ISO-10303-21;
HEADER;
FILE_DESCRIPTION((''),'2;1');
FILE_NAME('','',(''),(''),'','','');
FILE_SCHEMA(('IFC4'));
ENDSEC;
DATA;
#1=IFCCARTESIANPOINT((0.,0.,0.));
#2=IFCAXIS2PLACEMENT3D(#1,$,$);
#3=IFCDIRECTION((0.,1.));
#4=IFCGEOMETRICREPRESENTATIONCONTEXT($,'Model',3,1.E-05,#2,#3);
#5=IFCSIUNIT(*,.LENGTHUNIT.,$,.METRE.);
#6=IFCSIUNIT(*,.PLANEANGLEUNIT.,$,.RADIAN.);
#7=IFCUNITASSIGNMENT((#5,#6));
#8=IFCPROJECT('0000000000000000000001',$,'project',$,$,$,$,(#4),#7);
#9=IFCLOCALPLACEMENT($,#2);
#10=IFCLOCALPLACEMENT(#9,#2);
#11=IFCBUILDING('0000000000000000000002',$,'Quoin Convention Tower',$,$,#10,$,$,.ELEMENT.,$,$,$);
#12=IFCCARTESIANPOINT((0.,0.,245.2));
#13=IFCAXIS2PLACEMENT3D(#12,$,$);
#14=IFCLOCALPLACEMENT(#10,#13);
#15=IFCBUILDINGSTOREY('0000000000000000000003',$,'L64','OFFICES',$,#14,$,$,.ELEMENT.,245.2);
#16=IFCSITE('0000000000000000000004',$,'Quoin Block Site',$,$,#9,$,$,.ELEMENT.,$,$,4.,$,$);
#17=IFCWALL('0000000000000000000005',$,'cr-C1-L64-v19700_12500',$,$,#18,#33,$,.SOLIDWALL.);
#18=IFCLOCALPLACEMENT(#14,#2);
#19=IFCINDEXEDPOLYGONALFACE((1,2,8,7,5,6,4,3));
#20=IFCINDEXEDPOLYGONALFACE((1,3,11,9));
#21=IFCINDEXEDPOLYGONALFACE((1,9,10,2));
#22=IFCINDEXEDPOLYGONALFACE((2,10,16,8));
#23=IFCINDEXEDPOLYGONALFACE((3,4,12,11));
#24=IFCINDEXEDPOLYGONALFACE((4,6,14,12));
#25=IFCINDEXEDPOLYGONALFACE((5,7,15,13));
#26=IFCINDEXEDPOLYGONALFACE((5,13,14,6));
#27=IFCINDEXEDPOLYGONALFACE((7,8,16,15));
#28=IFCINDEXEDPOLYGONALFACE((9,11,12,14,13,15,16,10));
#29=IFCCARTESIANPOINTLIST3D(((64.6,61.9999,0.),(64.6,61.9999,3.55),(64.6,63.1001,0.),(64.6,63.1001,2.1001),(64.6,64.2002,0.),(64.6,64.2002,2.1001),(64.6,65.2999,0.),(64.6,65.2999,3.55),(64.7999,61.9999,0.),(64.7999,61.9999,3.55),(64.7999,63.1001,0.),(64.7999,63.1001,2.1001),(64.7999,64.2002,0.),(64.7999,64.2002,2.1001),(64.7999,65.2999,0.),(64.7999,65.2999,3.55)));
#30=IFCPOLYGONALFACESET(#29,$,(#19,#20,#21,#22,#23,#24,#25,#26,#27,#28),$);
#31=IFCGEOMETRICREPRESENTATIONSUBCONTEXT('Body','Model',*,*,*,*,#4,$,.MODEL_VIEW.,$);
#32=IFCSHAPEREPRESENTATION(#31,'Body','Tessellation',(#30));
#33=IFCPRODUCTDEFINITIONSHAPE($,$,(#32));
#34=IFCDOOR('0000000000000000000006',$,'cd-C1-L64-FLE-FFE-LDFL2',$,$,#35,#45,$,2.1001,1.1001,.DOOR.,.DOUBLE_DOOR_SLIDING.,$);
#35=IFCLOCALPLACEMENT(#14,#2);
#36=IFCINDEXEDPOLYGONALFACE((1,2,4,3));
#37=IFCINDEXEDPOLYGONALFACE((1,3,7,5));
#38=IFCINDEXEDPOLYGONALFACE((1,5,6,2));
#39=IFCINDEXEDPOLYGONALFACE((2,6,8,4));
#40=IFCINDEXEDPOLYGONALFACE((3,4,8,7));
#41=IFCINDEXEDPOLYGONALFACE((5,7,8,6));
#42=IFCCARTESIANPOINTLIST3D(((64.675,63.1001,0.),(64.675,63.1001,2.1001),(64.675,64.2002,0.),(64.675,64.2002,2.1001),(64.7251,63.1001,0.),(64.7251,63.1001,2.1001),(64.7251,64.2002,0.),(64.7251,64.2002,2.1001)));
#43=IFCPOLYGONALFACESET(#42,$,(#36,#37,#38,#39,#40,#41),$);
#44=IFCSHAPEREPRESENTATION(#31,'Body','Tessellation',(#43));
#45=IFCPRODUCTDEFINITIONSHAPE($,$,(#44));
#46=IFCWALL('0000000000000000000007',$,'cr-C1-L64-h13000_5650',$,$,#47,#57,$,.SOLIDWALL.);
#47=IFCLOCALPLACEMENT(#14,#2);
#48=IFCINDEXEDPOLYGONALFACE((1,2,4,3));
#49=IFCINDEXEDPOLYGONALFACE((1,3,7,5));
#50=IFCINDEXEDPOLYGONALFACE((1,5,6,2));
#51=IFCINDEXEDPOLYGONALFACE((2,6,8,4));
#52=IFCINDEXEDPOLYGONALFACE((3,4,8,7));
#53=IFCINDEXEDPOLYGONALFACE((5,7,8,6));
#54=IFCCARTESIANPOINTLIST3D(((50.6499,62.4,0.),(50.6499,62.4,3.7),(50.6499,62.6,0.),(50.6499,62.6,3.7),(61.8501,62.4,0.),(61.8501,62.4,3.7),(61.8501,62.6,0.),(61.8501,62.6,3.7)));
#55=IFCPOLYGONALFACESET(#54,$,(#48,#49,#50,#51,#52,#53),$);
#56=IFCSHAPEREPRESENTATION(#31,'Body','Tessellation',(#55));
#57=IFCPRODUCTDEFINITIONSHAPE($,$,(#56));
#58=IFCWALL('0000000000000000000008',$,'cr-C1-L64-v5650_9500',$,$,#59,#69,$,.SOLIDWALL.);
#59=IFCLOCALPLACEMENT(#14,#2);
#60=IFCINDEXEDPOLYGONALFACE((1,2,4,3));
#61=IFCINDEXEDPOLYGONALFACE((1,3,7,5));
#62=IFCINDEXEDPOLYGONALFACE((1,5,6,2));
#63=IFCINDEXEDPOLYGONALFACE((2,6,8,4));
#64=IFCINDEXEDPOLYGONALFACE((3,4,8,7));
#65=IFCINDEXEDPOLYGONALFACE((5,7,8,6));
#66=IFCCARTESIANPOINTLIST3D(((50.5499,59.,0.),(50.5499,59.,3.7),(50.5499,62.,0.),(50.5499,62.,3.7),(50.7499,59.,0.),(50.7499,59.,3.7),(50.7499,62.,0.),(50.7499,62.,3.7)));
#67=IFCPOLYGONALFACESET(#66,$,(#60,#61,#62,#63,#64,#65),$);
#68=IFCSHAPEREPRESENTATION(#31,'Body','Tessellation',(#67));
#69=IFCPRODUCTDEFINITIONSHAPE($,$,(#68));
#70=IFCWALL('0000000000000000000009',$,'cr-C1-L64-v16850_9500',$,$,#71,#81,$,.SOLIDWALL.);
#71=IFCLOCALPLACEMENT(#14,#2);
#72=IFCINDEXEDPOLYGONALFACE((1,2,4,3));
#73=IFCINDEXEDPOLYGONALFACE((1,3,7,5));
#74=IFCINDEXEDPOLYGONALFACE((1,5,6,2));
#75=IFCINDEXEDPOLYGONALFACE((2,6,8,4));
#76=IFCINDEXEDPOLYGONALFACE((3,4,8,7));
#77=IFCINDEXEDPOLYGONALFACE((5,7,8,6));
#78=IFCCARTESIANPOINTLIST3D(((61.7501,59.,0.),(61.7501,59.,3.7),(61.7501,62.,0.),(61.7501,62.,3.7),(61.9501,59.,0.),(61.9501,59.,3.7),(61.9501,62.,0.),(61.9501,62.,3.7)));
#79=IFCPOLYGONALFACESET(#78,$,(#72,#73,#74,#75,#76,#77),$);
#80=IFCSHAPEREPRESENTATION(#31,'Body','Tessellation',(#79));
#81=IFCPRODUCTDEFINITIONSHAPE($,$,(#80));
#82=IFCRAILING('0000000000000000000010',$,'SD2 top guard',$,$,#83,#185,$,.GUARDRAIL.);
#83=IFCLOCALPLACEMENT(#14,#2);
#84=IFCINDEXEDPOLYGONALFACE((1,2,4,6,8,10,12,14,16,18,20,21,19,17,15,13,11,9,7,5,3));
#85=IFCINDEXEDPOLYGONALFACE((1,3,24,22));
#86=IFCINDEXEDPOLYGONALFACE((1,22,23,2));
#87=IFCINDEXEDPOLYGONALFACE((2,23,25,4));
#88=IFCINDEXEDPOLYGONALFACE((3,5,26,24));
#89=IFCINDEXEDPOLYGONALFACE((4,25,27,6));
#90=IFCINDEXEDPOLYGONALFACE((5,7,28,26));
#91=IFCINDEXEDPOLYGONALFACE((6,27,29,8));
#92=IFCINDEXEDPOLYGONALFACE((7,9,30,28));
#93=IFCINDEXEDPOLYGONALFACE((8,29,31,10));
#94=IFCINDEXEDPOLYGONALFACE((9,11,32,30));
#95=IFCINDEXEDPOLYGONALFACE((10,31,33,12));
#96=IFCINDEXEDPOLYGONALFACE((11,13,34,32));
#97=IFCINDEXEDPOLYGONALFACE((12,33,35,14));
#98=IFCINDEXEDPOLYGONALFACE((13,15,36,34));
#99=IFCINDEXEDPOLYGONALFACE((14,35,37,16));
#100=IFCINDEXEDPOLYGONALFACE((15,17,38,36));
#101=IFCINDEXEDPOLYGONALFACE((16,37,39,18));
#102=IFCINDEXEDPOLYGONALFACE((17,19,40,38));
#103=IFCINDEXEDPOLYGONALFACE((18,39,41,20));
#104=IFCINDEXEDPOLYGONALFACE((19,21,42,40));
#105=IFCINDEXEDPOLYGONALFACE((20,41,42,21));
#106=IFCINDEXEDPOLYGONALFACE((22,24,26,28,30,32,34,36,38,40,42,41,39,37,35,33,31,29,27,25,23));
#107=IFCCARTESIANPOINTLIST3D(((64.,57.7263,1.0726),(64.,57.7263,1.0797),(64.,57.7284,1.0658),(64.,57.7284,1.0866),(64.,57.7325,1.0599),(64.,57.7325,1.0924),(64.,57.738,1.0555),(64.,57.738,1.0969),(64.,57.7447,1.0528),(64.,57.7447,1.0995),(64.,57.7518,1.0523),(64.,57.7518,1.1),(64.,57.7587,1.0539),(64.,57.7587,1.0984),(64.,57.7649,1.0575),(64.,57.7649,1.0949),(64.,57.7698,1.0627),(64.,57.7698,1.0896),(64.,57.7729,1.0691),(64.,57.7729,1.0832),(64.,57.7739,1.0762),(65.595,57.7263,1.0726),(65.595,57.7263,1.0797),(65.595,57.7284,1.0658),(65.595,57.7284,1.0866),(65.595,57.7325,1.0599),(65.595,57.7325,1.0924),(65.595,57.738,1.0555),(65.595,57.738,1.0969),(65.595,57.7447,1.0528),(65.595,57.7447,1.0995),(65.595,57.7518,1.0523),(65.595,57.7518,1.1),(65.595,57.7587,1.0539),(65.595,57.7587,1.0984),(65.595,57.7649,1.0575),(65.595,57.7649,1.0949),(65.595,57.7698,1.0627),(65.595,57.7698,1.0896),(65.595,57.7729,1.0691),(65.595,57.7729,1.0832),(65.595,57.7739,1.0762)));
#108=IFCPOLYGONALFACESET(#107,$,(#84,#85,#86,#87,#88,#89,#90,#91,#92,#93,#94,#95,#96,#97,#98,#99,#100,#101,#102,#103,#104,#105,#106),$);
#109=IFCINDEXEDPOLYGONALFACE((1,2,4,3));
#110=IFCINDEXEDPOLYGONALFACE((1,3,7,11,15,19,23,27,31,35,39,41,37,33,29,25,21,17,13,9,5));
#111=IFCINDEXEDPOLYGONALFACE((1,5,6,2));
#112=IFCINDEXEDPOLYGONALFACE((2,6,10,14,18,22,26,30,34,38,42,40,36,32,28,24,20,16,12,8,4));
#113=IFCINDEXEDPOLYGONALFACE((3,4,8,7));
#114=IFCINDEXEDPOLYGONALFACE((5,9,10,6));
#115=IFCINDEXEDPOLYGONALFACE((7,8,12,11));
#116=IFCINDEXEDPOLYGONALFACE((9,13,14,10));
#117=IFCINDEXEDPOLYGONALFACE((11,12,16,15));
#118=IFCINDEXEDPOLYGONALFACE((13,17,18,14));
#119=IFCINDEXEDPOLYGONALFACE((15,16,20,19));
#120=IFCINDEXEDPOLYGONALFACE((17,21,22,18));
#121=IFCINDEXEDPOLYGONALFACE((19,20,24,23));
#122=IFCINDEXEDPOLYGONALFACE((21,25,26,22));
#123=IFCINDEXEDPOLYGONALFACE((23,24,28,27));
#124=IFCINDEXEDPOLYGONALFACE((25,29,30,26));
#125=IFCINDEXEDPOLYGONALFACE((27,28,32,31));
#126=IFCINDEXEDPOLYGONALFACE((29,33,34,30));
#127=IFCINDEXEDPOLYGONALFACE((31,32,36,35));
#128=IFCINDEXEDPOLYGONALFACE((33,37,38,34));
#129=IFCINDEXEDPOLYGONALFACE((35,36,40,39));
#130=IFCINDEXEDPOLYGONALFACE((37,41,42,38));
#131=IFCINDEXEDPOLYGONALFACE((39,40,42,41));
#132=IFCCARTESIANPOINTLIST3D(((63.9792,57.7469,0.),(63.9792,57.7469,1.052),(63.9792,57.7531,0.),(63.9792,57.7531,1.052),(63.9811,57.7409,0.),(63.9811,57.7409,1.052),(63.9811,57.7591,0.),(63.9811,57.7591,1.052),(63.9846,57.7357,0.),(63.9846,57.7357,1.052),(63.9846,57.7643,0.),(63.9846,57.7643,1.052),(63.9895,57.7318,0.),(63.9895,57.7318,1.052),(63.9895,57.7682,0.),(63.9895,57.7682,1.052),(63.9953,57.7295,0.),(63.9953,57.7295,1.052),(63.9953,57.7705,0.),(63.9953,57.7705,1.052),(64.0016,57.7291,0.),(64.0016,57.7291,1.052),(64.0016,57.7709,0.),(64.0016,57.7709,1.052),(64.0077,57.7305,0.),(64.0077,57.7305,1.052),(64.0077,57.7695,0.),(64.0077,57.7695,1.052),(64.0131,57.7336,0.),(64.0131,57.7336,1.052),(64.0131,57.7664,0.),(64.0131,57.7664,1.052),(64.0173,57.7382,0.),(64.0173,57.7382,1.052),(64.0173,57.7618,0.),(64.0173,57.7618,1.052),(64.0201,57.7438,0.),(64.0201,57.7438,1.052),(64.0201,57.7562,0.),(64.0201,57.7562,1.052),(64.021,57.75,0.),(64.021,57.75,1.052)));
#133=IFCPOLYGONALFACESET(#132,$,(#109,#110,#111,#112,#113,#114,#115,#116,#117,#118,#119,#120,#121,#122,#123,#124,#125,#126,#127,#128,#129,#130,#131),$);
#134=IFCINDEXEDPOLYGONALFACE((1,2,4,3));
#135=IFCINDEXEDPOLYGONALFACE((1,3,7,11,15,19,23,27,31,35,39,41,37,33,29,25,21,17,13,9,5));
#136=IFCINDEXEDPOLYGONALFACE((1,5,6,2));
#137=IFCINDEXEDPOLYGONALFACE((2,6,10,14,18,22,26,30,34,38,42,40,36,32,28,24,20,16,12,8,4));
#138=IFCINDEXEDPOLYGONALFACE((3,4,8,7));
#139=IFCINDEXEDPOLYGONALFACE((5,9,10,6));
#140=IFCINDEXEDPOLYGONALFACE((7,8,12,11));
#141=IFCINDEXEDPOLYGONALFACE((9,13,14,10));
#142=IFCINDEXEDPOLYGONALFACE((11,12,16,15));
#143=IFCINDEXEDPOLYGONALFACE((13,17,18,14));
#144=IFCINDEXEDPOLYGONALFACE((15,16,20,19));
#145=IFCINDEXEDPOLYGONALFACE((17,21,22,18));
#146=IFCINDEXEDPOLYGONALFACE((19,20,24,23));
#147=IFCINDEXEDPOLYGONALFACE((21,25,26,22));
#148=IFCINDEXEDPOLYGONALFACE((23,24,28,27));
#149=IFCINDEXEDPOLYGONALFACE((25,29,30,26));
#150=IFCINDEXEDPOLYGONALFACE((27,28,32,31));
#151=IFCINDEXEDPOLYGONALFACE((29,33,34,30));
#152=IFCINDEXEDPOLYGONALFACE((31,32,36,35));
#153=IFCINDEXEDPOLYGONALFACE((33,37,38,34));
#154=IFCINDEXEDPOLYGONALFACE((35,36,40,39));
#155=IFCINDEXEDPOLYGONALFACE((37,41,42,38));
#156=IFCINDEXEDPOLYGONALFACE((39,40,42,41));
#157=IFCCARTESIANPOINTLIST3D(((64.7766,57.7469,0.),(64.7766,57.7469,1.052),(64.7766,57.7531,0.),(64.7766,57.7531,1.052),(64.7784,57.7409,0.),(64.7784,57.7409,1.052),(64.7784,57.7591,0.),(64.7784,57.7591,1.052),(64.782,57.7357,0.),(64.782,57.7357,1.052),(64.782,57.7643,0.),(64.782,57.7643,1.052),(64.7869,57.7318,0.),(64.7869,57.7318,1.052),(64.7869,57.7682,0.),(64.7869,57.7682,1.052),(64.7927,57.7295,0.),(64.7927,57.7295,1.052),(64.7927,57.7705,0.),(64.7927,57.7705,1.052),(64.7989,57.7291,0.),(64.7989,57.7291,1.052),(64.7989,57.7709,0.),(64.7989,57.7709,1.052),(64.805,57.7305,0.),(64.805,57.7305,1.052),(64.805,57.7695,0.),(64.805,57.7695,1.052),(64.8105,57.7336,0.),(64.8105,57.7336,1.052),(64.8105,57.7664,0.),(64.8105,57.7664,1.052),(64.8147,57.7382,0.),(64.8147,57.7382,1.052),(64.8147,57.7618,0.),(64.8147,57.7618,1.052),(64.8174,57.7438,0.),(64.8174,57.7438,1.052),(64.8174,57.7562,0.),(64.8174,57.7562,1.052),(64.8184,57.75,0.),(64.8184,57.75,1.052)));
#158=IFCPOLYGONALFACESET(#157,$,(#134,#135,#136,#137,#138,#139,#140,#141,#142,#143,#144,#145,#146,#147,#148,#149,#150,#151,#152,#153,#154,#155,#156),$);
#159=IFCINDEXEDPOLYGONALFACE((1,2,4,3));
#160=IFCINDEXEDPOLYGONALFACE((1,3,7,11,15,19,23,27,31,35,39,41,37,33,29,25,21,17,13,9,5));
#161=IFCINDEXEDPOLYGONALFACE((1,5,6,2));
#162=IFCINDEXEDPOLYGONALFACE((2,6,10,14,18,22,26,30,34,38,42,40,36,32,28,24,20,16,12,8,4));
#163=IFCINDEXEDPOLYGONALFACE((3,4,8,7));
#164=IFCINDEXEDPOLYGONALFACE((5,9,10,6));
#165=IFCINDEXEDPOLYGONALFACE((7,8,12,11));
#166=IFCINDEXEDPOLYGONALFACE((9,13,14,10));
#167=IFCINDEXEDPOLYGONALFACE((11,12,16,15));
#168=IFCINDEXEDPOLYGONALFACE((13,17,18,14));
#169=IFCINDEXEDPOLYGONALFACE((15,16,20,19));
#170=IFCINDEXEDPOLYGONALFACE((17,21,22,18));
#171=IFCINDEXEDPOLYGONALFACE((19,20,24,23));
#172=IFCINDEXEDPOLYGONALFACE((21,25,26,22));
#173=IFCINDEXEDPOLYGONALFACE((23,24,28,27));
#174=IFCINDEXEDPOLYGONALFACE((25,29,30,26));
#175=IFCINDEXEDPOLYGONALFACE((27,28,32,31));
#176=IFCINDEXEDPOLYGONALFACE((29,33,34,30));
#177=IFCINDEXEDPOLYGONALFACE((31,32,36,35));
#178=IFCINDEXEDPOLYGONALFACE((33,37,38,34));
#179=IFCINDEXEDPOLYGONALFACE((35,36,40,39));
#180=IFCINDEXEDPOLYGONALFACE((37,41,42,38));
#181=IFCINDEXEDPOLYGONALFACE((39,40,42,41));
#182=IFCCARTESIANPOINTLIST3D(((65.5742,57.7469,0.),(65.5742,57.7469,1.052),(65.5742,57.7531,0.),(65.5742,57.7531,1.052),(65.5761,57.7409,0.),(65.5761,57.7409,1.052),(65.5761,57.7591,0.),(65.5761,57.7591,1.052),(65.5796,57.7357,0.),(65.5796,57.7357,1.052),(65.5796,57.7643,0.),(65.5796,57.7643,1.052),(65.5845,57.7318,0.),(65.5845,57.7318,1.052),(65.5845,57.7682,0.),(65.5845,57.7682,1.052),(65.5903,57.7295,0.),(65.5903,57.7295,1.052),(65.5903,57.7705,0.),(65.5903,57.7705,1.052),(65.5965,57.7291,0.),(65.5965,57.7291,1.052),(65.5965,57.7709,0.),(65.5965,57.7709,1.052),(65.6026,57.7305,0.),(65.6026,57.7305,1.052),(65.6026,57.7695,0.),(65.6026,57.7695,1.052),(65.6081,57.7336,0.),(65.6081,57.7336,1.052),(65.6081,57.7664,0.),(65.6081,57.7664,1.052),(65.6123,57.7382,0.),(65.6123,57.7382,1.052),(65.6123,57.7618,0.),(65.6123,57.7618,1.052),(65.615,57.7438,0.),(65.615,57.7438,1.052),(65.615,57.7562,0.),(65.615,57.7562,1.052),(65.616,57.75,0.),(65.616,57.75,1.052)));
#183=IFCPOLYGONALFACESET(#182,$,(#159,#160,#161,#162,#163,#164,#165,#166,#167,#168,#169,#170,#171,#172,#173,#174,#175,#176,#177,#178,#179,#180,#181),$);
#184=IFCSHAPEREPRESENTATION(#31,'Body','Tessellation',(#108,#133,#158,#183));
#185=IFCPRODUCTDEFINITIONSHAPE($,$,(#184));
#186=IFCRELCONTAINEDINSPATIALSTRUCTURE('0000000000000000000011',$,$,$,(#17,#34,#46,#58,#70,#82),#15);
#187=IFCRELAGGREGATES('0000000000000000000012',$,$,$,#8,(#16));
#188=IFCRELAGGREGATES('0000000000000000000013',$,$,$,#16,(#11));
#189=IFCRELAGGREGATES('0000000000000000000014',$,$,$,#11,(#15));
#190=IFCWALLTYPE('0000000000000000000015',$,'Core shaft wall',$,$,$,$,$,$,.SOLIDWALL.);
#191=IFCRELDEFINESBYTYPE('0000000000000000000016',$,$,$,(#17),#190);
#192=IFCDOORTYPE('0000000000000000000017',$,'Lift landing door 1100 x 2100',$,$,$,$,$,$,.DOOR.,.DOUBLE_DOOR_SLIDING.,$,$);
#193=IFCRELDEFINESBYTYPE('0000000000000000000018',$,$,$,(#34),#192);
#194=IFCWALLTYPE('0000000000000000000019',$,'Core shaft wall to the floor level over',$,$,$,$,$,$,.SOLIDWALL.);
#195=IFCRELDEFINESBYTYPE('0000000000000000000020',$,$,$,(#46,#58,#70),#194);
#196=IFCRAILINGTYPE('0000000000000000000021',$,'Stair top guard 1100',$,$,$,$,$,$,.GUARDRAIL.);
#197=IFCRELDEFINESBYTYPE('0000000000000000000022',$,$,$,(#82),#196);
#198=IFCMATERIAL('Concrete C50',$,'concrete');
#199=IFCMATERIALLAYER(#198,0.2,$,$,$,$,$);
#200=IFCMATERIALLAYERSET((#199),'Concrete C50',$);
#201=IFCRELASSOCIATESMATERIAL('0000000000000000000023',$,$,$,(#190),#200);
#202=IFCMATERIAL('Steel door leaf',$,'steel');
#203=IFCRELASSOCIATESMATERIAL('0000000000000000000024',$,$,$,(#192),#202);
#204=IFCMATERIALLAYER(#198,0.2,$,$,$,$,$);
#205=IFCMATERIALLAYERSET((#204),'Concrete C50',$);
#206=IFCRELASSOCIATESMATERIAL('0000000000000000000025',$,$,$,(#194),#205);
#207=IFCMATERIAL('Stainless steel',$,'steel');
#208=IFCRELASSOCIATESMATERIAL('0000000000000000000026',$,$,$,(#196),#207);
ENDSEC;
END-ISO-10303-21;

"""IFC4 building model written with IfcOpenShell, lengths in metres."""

from ifc_helpers import new_model, si_unit, direction, frame, frame_2d, origin, origin_2d, place, context, subcontext, project, spatial, rectangle, circle, extrude, material, layer, layer_set, type_object, element, fill, save


model = new_model("IFC4")

# Units and contexts
model_context = context("Model", 3, precision=1e-05, world=origin(), true_north=direction((0.0, 1.0)))
body_context = subcontext(model_context, "Body", "Model", "MODEL_VIEW")
ifc_project = project(units=[si_unit("LENGTHUNIT", "METRE"), si_unit("PLANEANGLEUNIT", "RADIAN")], contexts=[model_context])

# Site, building, storey
site_placement = place(None, origin())
site = spatial("IfcSite", under=ifc_project, at=site_placement, Name="Quoin Block Site", CompositionType="ELEMENT", RefElevation=4.0)
building_placement = place(site_placement, origin())
building = spatial("IfcBuilding", under=site, at=building_placement, Name="Quoin Convention Tower", CompositionType="ELEMENT")
storey_placement = place(building_placement, frame((0.0, 0.0, 245.2)))
storey = spatial("IfcBuildingStorey", under=building, at=storey_placement, Name="L64", Description="OFFICES", CompositionType="ELEMENT", Elevation=245.2)

# Shared definitions
ifc_material_1 = material(Name="Concrete C50", Category="concrete")
ifc_layer_1 = layer(ifc_material_1, 0.2)
ifc_layer_set_1 = layer_set([ifc_layer_1], Name="Concrete C50")
wall_type_1 = type_object("IfcWallType", Name="Core shaft wall", PredefinedType="SOLIDWALL", material=ifc_layer_set_1)

# Wall, opening, door
wall_1_placement = place(storey_placement, frame((64.7, 62.0, 0.0), z_axis=(0.0, 0.0, 1.0), x_axis=(0.0, 1.0, 0.0)))
wall_1 = element("IfcWall", 1, at=wall_1_placement, inside=storey, type_object=wall_type_1, Name="cr-C1-L64-v19700_12500", PredefinedType="SOLIDWALL", context=body_context, shape_type="SweptSolid", body=[
    extrude(rectangle(XDim=3.3, YDim=0.2, at=frame_2d((1.6499, 0.0))), origin(), (0.0, 0.0, 1.0), 3.55),
])
opening_placement = place(wall_1_placement, frame((1.1001, 0.0, 0.0)))
opening = element("IfcOpeningElement", 2, at=opening_placement, cuts=wall_1, PredefinedType="OPENING", context=body_context, shape_type="SweptSolid", body=[
    extrude(rectangle(XDim=1.1001, YDim=2.1001, at=frame_2d((0.55, 1.05))), frame((0.0, 0.1099, 0.0), z_axis=(0.0, -1.0, 0.0), x_axis=(1.0, 0.0, 0.0)), (0.0, 0.0, 1.0), 0.22),
])
ifc_material_2 = material(Name="Steel door leaf", Category="steel")
door_type = type_object("IfcDoorType", Name="Lift landing door 1100 x 2100", OperationType="DOUBLE_DOOR_SLIDING", PredefinedType="DOOR", material=ifc_material_2)
door_placement = place(opening_placement, origin())
door = element("IfcDoor", 3, at=door_placement, inside=storey, type_object=door_type, Name="cd-C1-L64-FLE-FFE-LDFL2", OperationType="DOUBLE_DOOR_SLIDING", OverallHeight=2.1001, OverallWidth=1.1001, PredefinedType="DOOR", context=body_context, shape_type="SweptSolid", body=[
    extrude(rectangle(XDim=1.1001, YDim=2.1001, at=frame_2d((0.55, 1.05))), frame((0.0, 0.0249, 0.0), z_axis=(0.0, -1.0, 0.0), x_axis=(1.0, 0.0, 0.0)), (0.0, 0.0, 1.0), 0.05),
])
fill(opening, door)

# Walls
ifc_layer_2 = layer(ifc_material_1, 0.2)
ifc_layer_set_2 = layer_set([ifc_layer_2], Name="Concrete C50")
wall_type_2 = type_object("IfcWallType", Name="Core shaft wall to the floor level over", PredefinedType="SOLIDWALL", material=ifc_layer_set_2)
wall_2_placement = place(storey_placement, frame((50.6499, 62.5, 0.0), z_axis=(0.0, 0.0, 1.0), x_axis=(1.0, 0.0, 0.0)))
element("IfcWall", 4, at=wall_2_placement, inside=storey, type_object=wall_type_2, Name="cr-C1-L64-h13000_5650", PredefinedType="SOLIDWALL", context=body_context, shape_type="SweptSolid", body=[
    extrude(rectangle(XDim=11.2002, YDim=0.2, at=frame_2d((5.6001, 0.0))), origin(), (0.0, 0.0, 1.0), 3.7),
])
for number, where, z_axis, x_axis, name in (
    (5, (50.6499, 59.0, 0.0), (0.0, 0.0, 1.0), (0.0, 1.0, 0.0), "cr-C1-L64-v5650_9500"),
    (6, (61.8501, 59.0, 0.0), (0.0, 0.0, 1.0), (0.0, 1.0, 0.0), "cr-C1-L64-v16850_9500"),
):
    element("IfcWall", number, at=place(storey_placement, frame(where, z_axis=z_axis, x_axis=x_axis)), inside=storey, type_object=wall_type_2, Name=name, PredefinedType="SOLIDWALL", context=body_context, shape_type="SweptSolid", body=[
        extrude(rectangle(XDim=3.0, YDim=0.2, at=frame_2d((1.5, 0.0))), origin(), (0.0, 0.0, 1.0), 3.7),
    ])

# Railing
ifc_material_3 = material(Name="Stainless steel", Category="steel")
railing_type = type_object("IfcRailingType", Name="Stair top guard 1100", PredefinedType="GUARDRAIL", material=ifc_material_3)
railing_placement = place(storey_placement, frame((64.0, 57.75, 0.0)))
element("IfcRailing", 7, at=railing_placement, inside=storey, type_object=railing_type, Name="SD2 top guard", PredefinedType="GUARDRAIL", context=body_context, shape_type="SweptSolid", body=[
    extrude(circle(Radius=0.0239, at=origin_2d()), frame((0.0, 0.0, 1.0762), z_axis=(1.0, 0.0, 0.0), x_axis=(0.0, 1.0, 0.0)), (0.0, 0.0, 1.0), 1.595),
    extrude(circle(Radius=0.021, at=origin_2d()), origin(), (0.0, 0.0, 1.0), 1.052),
    extrude(circle(Radius=0.021, at=origin_2d()), frame((0.7974, 0.0, 0.0)), (0.0, 0.0, 1.0), 1.052),
    extrude(circle(Radius=0.021, at=origin_2d()), frame((1.595, 0.0, 0.0)), (0.0, 0.0, 1.0), 1.052),
])

save(model, "model.ifc")
